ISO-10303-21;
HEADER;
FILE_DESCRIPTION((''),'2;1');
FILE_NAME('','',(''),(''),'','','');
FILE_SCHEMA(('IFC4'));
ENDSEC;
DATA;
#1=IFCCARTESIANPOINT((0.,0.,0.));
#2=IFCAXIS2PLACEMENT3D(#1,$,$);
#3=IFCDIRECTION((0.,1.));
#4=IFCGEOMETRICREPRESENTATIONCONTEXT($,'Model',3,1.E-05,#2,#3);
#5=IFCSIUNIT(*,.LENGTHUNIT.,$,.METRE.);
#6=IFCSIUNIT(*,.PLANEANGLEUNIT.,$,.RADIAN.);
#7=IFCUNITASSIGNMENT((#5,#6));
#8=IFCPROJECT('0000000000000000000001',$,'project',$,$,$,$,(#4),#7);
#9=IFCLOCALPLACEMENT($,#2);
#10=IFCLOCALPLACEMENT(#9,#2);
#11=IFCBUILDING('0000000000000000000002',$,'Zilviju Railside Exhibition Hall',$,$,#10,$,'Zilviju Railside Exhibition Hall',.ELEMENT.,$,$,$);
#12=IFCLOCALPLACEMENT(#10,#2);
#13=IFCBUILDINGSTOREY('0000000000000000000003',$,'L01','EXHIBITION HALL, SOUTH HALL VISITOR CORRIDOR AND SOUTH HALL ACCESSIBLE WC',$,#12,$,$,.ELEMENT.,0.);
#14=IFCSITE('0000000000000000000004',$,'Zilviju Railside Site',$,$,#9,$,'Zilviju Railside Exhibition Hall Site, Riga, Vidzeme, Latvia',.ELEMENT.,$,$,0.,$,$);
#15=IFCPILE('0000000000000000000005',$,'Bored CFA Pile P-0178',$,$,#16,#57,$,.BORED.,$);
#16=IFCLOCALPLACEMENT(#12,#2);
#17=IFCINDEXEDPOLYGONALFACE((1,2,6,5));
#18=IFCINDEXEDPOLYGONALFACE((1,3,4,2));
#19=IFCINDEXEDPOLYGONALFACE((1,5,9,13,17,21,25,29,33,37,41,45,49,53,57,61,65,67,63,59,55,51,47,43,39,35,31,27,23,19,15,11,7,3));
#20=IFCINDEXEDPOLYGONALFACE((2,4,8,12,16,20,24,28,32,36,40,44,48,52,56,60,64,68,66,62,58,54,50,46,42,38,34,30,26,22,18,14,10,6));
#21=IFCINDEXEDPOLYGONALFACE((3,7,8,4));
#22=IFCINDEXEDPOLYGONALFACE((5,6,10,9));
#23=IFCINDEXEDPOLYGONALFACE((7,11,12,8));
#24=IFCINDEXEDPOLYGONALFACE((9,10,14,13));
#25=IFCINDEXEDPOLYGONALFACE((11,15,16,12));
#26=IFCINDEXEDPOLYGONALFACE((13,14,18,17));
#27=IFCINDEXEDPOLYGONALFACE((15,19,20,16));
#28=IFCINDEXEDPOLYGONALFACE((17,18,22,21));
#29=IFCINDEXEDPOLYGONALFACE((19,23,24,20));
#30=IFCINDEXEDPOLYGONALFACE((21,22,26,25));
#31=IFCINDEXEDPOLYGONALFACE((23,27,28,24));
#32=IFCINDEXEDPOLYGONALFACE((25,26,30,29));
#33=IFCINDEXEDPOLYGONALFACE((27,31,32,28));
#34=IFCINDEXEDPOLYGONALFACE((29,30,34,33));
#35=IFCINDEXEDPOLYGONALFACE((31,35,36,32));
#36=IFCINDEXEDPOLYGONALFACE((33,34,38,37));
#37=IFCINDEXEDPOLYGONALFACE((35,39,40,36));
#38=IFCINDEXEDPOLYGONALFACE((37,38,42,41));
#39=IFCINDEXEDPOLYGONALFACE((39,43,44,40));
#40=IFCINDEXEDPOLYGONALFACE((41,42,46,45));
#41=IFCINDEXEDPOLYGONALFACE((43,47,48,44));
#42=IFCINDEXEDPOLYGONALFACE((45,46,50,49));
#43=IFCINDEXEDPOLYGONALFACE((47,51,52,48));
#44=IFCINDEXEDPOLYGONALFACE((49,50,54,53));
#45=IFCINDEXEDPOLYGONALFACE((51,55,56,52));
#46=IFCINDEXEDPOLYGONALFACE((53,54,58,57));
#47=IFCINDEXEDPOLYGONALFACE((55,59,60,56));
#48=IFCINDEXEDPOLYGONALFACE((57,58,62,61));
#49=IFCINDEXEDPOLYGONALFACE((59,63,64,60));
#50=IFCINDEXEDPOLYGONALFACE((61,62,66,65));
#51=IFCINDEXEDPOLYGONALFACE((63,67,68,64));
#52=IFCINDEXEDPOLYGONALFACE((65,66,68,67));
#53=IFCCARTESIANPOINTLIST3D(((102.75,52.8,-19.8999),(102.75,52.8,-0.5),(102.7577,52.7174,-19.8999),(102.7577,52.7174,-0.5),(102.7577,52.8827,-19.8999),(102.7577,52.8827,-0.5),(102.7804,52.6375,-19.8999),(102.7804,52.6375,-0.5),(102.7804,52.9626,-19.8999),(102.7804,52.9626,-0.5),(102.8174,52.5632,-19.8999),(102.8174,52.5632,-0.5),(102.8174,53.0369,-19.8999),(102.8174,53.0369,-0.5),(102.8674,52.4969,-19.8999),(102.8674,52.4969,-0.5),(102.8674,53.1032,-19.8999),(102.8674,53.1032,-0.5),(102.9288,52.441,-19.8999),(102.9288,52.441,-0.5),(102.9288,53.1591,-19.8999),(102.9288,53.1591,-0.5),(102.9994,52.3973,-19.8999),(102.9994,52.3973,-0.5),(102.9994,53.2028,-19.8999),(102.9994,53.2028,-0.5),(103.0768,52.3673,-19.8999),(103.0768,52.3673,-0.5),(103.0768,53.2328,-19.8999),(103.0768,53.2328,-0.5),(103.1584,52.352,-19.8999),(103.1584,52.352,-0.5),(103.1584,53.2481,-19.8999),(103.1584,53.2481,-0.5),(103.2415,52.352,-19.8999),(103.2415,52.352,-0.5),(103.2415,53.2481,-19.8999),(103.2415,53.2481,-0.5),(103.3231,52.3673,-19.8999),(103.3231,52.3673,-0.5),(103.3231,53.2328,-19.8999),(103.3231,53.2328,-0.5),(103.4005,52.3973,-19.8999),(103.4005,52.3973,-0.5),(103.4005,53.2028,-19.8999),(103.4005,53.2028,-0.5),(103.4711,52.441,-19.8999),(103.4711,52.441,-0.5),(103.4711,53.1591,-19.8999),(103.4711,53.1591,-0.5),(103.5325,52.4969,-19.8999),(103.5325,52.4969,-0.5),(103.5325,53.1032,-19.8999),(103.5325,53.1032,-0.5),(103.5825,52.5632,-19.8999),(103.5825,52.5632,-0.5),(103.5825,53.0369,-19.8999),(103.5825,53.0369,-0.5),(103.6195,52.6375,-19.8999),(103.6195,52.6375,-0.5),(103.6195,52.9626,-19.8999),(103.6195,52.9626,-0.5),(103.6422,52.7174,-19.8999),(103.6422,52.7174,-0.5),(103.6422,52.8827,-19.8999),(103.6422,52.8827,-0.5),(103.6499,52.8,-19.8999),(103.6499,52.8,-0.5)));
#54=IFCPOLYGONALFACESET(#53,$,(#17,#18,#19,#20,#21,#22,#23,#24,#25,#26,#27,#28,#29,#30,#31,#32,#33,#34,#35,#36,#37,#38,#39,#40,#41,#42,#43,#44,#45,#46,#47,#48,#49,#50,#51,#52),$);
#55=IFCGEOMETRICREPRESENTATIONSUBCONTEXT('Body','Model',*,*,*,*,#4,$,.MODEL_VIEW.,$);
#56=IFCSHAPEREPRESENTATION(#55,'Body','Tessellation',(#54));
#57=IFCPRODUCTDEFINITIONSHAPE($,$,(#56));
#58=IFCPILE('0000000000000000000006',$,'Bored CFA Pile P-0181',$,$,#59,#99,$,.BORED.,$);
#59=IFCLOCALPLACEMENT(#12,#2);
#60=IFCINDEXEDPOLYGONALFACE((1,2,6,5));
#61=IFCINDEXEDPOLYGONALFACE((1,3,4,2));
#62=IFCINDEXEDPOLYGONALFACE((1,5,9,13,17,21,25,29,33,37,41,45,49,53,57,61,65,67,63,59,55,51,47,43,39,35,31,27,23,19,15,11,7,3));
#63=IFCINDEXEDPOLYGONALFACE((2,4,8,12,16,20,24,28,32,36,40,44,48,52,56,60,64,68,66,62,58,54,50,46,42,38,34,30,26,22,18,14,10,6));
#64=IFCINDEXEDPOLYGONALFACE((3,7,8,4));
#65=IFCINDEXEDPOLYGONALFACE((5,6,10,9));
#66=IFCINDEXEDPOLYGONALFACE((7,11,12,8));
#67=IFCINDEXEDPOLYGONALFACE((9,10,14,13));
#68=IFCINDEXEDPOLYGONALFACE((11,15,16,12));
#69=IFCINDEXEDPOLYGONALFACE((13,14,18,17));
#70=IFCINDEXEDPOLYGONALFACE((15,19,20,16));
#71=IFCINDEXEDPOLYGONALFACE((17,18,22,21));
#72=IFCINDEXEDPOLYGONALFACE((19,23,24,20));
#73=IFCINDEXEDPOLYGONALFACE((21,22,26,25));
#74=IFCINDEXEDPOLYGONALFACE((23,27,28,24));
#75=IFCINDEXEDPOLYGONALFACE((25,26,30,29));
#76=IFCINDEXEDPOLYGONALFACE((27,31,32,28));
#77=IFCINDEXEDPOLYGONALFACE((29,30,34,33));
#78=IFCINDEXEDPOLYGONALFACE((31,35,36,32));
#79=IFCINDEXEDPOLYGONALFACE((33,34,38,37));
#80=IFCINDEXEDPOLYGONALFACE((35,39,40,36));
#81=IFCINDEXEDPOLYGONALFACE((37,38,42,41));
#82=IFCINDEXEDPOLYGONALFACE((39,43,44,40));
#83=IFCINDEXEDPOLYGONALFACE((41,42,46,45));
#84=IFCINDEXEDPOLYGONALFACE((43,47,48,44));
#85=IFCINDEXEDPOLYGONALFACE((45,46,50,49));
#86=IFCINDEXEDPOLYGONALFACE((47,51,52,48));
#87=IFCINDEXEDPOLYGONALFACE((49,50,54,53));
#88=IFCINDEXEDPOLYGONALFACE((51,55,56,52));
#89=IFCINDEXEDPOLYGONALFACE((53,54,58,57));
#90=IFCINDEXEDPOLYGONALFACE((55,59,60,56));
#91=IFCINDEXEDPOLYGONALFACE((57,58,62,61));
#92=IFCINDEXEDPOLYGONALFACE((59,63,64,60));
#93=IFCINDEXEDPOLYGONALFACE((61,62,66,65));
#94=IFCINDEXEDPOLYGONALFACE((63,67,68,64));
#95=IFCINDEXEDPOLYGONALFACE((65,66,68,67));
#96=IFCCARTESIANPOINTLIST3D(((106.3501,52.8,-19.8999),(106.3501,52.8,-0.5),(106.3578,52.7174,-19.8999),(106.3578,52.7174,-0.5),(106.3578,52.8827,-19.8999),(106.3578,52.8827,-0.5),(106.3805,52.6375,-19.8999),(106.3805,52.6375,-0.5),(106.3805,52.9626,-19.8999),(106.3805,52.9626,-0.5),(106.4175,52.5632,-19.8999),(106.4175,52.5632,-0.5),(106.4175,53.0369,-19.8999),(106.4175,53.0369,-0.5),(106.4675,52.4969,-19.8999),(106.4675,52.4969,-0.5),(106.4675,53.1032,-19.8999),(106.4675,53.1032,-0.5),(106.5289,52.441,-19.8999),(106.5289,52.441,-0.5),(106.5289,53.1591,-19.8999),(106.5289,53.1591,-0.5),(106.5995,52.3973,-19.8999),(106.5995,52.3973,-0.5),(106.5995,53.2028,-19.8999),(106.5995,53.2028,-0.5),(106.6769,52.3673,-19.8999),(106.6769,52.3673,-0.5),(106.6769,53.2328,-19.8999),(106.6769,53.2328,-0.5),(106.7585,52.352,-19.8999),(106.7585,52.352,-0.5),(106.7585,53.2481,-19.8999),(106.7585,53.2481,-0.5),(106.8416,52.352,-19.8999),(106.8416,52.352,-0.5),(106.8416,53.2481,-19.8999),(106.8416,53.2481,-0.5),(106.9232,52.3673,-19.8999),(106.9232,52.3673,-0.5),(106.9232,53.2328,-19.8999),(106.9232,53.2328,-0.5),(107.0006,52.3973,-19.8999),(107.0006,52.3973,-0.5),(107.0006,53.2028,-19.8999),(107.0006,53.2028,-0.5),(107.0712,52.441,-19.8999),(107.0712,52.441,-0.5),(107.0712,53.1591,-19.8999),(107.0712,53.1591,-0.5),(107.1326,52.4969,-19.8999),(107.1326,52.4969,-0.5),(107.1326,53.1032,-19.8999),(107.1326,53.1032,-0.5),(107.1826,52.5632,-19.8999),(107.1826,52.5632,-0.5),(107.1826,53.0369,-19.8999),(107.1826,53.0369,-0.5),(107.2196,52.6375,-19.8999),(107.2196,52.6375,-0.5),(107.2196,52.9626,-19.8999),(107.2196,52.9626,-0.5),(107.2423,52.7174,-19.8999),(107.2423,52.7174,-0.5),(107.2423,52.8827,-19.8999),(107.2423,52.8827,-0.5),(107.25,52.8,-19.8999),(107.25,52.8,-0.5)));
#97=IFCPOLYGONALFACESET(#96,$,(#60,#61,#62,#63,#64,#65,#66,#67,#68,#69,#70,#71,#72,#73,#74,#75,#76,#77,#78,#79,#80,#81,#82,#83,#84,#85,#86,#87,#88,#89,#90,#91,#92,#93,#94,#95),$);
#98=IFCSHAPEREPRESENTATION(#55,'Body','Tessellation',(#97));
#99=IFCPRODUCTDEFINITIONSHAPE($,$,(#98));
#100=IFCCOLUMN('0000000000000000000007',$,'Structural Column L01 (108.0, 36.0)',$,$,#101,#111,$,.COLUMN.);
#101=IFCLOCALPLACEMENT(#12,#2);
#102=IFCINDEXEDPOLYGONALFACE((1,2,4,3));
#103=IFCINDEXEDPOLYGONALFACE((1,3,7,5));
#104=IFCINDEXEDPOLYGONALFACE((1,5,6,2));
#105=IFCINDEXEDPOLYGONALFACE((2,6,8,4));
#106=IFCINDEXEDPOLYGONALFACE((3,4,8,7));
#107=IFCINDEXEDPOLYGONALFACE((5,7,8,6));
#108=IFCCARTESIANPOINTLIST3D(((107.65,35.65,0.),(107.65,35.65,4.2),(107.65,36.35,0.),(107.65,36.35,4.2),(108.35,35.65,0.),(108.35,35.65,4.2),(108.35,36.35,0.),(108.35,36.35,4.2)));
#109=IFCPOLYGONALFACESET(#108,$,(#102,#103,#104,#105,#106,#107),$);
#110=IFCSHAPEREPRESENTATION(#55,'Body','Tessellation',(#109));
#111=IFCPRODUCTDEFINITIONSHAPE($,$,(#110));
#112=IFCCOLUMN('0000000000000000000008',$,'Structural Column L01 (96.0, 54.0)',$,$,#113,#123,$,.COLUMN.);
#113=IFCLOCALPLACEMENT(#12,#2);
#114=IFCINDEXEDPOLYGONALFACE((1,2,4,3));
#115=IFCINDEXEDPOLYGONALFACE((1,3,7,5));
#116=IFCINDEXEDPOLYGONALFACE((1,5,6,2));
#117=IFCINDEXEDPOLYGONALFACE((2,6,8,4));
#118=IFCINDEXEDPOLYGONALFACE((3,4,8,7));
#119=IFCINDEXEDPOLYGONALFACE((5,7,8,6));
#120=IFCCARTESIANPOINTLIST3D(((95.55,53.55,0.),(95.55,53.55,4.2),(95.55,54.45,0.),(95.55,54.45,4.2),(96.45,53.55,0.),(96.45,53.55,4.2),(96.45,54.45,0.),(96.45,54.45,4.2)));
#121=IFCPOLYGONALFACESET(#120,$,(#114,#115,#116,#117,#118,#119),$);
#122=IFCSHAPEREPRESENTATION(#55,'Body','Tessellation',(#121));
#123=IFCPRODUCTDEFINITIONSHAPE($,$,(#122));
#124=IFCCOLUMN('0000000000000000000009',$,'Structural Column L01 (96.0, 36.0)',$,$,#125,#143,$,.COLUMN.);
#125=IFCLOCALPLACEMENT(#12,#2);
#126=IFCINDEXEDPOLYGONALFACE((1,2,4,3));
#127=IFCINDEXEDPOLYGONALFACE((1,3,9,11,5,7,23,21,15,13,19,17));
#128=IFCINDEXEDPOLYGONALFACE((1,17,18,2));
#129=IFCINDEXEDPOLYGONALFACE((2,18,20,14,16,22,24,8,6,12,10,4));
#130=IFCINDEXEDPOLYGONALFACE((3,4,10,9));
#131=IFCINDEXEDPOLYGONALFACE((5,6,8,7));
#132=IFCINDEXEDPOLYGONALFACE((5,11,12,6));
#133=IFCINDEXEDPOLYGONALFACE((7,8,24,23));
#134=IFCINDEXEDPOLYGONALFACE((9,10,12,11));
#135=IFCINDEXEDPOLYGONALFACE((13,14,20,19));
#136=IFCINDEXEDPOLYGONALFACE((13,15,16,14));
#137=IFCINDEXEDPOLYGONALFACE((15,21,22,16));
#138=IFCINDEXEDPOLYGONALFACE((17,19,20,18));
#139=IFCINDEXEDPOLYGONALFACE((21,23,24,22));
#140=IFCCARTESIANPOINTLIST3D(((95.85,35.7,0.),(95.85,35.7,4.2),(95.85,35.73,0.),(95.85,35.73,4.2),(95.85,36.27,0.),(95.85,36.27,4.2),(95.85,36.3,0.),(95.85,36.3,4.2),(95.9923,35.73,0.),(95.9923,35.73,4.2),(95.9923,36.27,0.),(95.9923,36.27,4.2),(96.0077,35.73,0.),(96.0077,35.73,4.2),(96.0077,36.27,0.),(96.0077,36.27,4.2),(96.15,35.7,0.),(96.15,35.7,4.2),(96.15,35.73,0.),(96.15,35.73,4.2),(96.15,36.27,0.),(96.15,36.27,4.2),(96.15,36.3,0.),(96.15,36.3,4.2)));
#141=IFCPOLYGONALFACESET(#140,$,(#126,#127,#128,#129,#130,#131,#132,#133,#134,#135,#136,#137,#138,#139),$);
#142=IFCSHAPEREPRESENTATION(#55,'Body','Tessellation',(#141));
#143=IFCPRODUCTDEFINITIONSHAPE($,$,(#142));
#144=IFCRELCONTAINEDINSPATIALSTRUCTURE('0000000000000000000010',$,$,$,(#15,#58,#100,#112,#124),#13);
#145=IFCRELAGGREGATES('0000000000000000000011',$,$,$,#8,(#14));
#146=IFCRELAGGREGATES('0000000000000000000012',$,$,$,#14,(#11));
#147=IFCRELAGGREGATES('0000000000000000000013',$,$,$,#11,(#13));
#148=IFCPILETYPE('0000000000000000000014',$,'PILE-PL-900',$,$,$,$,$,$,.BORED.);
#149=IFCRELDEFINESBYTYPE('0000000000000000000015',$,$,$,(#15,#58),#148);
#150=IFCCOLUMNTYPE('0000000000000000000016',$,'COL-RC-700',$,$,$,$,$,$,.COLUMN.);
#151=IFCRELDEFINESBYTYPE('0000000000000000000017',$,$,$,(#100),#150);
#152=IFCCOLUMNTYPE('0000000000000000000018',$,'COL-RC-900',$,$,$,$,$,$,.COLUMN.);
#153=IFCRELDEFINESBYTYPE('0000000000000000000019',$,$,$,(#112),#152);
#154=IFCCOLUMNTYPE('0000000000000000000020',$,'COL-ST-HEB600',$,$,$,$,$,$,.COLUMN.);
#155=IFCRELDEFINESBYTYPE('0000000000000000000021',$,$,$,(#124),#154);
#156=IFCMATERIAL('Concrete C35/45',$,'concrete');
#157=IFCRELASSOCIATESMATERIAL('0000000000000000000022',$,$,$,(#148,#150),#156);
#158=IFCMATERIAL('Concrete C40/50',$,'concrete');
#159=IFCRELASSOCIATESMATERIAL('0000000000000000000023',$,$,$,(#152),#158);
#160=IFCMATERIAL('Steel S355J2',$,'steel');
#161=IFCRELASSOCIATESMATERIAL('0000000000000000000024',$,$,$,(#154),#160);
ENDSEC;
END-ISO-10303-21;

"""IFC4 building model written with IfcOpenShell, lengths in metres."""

from ifc_helpers import new_model, si_unit, direction, frame, origin, origin_2d, place, context, subcontext, project, spatial, rectangle, circle, i_section, extrude, material, material_profile, profile_set, type_object, element, save


model = new_model("IFC4")

# Units and contexts
model_context = context("Model", 3, precision=1e-05, world=origin(), true_north=direction((0.0, 1.0)))
body_context = subcontext(model_context, "Body", "Model", "MODEL_VIEW")
ifc_project = project(units=[si_unit("LENGTHUNIT", "METRE"), si_unit("PLANEANGLEUNIT", "RADIAN")], contexts=[model_context])

# Site, building, storey
site_placement = place(None, origin())
site = spatial("IfcSite", under=ifc_project, at=site_placement, Name="Zilviju Railside Site", LongName="Zilviju Railside Exhibition Hall Site, Riga, Vidzeme, Latvia", CompositionType="ELEMENT", RefElevation=0.0)
building_placement = place(site_placement, origin())
building = spatial("IfcBuilding", under=site, at=building_placement, Name="Zilviju Railside Exhibition Hall", LongName="Zilviju Railside Exhibition Hall", CompositionType="ELEMENT")
storey_placement = place(building_placement, origin())
storey = spatial("IfcBuildingStorey", under=building, at=storey_placement, Name="L01", Description="EXHIBITION HALL, SOUTH HALL VISITOR CORRIDOR AND SOUTH HALL ACCESSIBLE WC", CompositionType="ELEMENT", Elevation=0.0)

# Shared definitions
ifc_material_1 = material(Name="Concrete C35/45", Category="concrete")

# Piles
ifc_material_profile_1 = material_profile(ifc_material_1, circle(Radius=0.45, at=origin_2d()), Name="CFA PILE D900")
ifc_profile_set_1 = profile_set([ifc_material_profile_1], Name="Concrete C35/45")
pile_type_1 = type_object("IfcPileType", Name="PILE-PL-900", PredefinedType="BORED", material=ifc_profile_set_1)
for number, where, z_axis, x_axis, name in (
    (1, (103.2, 52.8, -0.5), (0.0, 0.0, -1.0), (1.0, 0.0, 0.0), "Bored CFA Pile P-0178"),
    (2, (106.8, 52.8, -0.5), (0.0, 0.0, -1.0), (1.0, 0.0, 0.0), "Bored CFA Pile P-0181"),
):
    element("IfcPile", number, at=place(storey_placement, frame(where, z_axis=z_axis, x_axis=x_axis)), inside=storey, type_object=pile_type_1, Name=name, PredefinedType="BORED", context=body_context, shape_type="SweptSolid", body=[
        extrude(circle(Radius=0.45, at=origin_2d()), origin(), (0.0, 0.0, 1.0), 19.3999),
    ])

# Columns
ifc_material_profile_2 = material_profile(ifc_material_1, rectangle(XDim=0.7, YDim=0.7, at=origin_2d()), Name="RC COL 700x700")
ifc_profile_set_2 = profile_set([ifc_material_profile_2], Name="Concrete C35/45")
column_type_1 = type_object("IfcColumnType", Name="COL-RC-700", PredefinedType="COLUMN", material=ifc_profile_set_2)
column_1_placement = place(storey_placement, frame((108.0, 36.0, 0.0), z_axis=(0.0, 0.0, 1.0), x_axis=(1.0, 0.0, 0.0)))
element("IfcColumn", 3, at=column_1_placement, inside=storey, type_object=column_type_1, Name="Structural Column L01 (108.0, 36.0)", PredefinedType="COLUMN", context=body_context, shape_type="SweptSolid", body=[
    extrude(rectangle(XDim=0.7, YDim=0.7, at=origin_2d()), origin(), (0.0, 0.0, 1.0), 4.2),
])
ifc_material_2 = material(Name="Concrete C40/50", Category="concrete")
ifc_material_profile_3 = material_profile(ifc_material_2, rectangle(XDim=0.8999, YDim=0.8999, at=origin_2d()), Name="RC COL 900x900")
ifc_profile_set_3 = profile_set([ifc_material_profile_3], Name="Concrete C40/50")
column_type_2 = type_object("IfcColumnType", Name="COL-RC-900", PredefinedType="COLUMN", material=ifc_profile_set_3)
column_2_placement = place(storey_placement, frame((96.0, 54.0, 0.0), z_axis=(0.0, 0.0, 1.0), x_axis=(1.0, 0.0, 0.0)))
element("IfcColumn", 4, at=column_2_placement, inside=storey, type_object=column_type_2, Name="Structural Column L01 (96.0, 54.0)", PredefinedType="COLUMN", context=body_context, shape_type="SweptSolid", body=[
    extrude(rectangle(XDim=0.8999, YDim=0.8999, at=origin_2d()), origin(), (0.0, 0.0, 1.0), 4.2),
])
ifc_material_3 = material(Name="Steel S355J2", Category="steel")
ifc_material_profile_4 = material_profile(ifc_material_3, i_section(OverallWidth=0.3, OverallDepth=0.6001, WebThickness=0.0154, FlangeThickness=0.03, at=origin_2d()), Name="HEB 600")
ifc_profile_set_4 = profile_set([ifc_material_profile_4], Name="Steel S355J2")
column_type_3 = type_object("IfcColumnType", Name="COL-ST-HEB600", PredefinedType="COLUMN", material=ifc_profile_set_4)
column_3_placement = place(storey_placement, frame((96.0, 36.0, 0.0), z_axis=(0.0, 0.0, 1.0), x_axis=(1.0, 0.0, 0.0)))
element("IfcColumn", 5, at=column_3_placement, inside=storey, type_object=column_type_3, Name="Structural Column L01 (96.0, 36.0)", PredefinedType="COLUMN", context=body_context, shape_type="SweptSolid", body=[
    extrude(i_section(OverallWidth=0.3, OverallDepth=0.6001, WebThickness=0.0154, FlangeThickness=0.03, at=origin_2d()), origin(), (0.0, 0.0, 1.0), 4.2),
])

save(model, "model.ifc")
